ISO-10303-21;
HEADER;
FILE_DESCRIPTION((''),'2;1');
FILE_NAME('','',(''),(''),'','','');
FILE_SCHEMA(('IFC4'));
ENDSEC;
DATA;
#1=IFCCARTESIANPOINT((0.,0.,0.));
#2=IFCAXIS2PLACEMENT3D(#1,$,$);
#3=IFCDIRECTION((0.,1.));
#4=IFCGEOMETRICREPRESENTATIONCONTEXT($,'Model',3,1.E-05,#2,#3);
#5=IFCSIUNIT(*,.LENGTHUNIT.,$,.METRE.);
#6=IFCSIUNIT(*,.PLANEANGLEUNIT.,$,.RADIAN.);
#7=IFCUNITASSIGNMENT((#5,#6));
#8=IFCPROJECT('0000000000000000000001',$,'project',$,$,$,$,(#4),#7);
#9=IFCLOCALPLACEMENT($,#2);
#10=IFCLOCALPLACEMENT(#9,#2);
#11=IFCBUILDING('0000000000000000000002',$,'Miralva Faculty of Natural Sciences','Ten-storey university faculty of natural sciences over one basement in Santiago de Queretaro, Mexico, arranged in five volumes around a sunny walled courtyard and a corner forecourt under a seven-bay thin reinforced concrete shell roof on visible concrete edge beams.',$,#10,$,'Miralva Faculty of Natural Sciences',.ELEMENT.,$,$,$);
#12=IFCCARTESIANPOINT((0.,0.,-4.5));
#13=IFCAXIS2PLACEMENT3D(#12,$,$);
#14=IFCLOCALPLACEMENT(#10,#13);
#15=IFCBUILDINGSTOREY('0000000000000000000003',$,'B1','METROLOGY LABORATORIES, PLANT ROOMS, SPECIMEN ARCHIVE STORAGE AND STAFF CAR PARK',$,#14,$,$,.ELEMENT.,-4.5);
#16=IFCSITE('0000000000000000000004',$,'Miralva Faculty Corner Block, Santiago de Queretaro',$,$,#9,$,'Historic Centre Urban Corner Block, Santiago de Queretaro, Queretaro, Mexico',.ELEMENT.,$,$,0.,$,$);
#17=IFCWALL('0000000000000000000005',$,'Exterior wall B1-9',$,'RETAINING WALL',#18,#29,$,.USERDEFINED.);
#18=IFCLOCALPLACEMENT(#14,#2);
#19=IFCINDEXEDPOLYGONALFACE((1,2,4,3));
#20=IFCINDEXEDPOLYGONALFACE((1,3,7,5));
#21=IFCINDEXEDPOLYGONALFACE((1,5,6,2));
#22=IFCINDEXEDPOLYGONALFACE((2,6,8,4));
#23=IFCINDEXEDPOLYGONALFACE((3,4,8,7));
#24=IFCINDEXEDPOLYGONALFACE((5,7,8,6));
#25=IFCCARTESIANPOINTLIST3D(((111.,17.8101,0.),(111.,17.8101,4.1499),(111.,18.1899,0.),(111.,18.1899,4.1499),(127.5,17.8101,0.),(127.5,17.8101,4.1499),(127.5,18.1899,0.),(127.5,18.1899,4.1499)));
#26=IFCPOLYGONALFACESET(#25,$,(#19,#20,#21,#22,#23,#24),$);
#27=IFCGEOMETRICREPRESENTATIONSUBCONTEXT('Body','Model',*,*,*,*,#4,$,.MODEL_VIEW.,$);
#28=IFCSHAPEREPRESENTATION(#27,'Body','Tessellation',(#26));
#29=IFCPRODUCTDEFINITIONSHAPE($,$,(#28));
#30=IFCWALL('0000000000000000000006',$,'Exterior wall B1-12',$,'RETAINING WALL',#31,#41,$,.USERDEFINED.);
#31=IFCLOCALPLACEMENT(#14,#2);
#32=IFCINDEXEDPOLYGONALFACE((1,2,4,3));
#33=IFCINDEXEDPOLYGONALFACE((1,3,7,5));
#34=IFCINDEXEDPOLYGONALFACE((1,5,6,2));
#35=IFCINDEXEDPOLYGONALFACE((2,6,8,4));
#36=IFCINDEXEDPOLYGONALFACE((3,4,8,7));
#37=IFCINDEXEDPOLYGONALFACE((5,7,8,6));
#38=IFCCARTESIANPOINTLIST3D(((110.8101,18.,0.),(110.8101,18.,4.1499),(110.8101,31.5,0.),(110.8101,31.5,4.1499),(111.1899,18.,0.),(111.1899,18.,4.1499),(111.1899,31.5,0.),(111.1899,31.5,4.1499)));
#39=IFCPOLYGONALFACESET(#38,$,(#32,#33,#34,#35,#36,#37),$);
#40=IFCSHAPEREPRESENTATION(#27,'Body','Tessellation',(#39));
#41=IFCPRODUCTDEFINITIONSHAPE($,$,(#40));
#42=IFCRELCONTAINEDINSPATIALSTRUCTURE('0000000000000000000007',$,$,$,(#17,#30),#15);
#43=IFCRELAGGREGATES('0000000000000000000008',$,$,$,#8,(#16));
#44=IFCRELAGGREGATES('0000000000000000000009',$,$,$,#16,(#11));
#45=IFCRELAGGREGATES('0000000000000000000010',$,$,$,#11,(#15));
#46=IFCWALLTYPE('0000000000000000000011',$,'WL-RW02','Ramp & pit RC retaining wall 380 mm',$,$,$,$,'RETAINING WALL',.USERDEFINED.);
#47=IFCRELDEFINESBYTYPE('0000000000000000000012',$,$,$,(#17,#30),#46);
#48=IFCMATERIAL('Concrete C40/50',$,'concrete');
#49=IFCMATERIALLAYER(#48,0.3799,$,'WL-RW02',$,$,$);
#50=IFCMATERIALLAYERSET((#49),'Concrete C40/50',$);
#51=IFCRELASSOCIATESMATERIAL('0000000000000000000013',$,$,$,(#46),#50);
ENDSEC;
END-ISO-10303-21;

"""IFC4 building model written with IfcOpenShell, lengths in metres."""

from ifc_helpers import new_model, si_unit, direction, frame, frame_2d, origin, place, context, subcontext, project, spatial, rectangle, extrude, material, layer, layer_set, type_object, element, save


model = new_model("IFC4")

# Units and contexts
model_context = context("Model", 3, precision=1e-05, world=origin(), true_north=direction((0.0, 1.0)))
body_context = subcontext(model_context, "Body", "Model", "MODEL_VIEW")
ifc_project = project(units=[si_unit("LENGTHUNIT", "METRE"), si_unit("PLANEANGLEUNIT", "RADIAN")], contexts=[model_context])

# Site, building, storey
site_placement = place(None, origin())
site = spatial("IfcSite", under=ifc_project, at=site_placement, Name="Miralva Faculty Corner Block, Santiago de Queretaro", LongName="Historic Centre Urban Corner Block, Santiago de Queretaro, Queretaro, Mexico", CompositionType="ELEMENT", RefElevation=0.0)
building_placement = place(site_placement, origin())
building = spatial("IfcBuilding", under=site, at=building_placement, Name="Miralva Faculty of Natural Sciences", Description="Ten-storey university faculty of natural sciences over one basement in Santiago de Queretaro, Mexico, arranged in five volumes around a sunny walled courtyard and a corner forecourt under a seven-bay thin reinforced concrete shell roof on visible concrete edge beams.", LongName="Miralva Faculty of Natural Sciences", CompositionType="ELEMENT")
storey_placement = place(building_placement, frame((0.0, 0.0, -4.5)))
storey = spatial("IfcBuildingStorey", under=building, at=storey_placement, Name="B1", Description="METROLOGY LABORATORIES, PLANT ROOMS, SPECIMEN ARCHIVE STORAGE AND STAFF CAR PARK", CompositionType="ELEMENT", Elevation=-4.5)

# Shared definitions
ifc_material_1 = material(Name="Concrete C40/50", Category="concrete")

# Walls
ifc_layer_1 = layer(ifc_material_1, 0.3799, Name="WL-RW02")
ifc_layer_set_1 = layer_set([ifc_layer_1], Name="Concrete C40/50")
wall_type = type_object("IfcWallType", Name="WL-RW02", Description="Ramp & pit RC retaining wall 380 mm", ElementType="RETAINING WALL", PredefinedType="USERDEFINED", material=ifc_layer_set_1)
wall_1_placement = place(storey_placement, frame((111.0, 18.0, 0.0), z_axis=(0.0, 0.0, 1.0), x_axis=(1.0, 0.0, 0.0)))
element("IfcWall", 1, at=wall_1_placement, inside=storey, type_object=wall_type, Name="Exterior wall B1-9", ObjectType="RETAINING WALL", PredefinedType="USERDEFINED", context=body_context, shape_type="SweptSolid", body=[
    extrude(rectangle(XDim=16.5, YDim=0.3799, at=frame_2d((8.25, 0.0))), origin(), (0.0, 0.0, 1.0), 4.1499),
])
wall_2_placement = place(storey_placement, frame((111.0, 18.0, 0.0), z_axis=(0.0, 0.0, 1.0), x_axis=(0.0, 1.0, 0.0)))
element("IfcWall", 2, at=wall_2_placement, inside=storey, type_object=wall_type, Name="Exterior wall B1-12", ObjectType="RETAINING WALL", PredefinedType="USERDEFINED", context=body_context, shape_type="SweptSolid", body=[
    extrude(rectangle(XDim=13.5, YDim=0.3799, at=frame_2d((6.75, 0.0))), origin(), (0.0, 0.0, 1.0), 4.1499),
])

save(model, "model.ifc")
